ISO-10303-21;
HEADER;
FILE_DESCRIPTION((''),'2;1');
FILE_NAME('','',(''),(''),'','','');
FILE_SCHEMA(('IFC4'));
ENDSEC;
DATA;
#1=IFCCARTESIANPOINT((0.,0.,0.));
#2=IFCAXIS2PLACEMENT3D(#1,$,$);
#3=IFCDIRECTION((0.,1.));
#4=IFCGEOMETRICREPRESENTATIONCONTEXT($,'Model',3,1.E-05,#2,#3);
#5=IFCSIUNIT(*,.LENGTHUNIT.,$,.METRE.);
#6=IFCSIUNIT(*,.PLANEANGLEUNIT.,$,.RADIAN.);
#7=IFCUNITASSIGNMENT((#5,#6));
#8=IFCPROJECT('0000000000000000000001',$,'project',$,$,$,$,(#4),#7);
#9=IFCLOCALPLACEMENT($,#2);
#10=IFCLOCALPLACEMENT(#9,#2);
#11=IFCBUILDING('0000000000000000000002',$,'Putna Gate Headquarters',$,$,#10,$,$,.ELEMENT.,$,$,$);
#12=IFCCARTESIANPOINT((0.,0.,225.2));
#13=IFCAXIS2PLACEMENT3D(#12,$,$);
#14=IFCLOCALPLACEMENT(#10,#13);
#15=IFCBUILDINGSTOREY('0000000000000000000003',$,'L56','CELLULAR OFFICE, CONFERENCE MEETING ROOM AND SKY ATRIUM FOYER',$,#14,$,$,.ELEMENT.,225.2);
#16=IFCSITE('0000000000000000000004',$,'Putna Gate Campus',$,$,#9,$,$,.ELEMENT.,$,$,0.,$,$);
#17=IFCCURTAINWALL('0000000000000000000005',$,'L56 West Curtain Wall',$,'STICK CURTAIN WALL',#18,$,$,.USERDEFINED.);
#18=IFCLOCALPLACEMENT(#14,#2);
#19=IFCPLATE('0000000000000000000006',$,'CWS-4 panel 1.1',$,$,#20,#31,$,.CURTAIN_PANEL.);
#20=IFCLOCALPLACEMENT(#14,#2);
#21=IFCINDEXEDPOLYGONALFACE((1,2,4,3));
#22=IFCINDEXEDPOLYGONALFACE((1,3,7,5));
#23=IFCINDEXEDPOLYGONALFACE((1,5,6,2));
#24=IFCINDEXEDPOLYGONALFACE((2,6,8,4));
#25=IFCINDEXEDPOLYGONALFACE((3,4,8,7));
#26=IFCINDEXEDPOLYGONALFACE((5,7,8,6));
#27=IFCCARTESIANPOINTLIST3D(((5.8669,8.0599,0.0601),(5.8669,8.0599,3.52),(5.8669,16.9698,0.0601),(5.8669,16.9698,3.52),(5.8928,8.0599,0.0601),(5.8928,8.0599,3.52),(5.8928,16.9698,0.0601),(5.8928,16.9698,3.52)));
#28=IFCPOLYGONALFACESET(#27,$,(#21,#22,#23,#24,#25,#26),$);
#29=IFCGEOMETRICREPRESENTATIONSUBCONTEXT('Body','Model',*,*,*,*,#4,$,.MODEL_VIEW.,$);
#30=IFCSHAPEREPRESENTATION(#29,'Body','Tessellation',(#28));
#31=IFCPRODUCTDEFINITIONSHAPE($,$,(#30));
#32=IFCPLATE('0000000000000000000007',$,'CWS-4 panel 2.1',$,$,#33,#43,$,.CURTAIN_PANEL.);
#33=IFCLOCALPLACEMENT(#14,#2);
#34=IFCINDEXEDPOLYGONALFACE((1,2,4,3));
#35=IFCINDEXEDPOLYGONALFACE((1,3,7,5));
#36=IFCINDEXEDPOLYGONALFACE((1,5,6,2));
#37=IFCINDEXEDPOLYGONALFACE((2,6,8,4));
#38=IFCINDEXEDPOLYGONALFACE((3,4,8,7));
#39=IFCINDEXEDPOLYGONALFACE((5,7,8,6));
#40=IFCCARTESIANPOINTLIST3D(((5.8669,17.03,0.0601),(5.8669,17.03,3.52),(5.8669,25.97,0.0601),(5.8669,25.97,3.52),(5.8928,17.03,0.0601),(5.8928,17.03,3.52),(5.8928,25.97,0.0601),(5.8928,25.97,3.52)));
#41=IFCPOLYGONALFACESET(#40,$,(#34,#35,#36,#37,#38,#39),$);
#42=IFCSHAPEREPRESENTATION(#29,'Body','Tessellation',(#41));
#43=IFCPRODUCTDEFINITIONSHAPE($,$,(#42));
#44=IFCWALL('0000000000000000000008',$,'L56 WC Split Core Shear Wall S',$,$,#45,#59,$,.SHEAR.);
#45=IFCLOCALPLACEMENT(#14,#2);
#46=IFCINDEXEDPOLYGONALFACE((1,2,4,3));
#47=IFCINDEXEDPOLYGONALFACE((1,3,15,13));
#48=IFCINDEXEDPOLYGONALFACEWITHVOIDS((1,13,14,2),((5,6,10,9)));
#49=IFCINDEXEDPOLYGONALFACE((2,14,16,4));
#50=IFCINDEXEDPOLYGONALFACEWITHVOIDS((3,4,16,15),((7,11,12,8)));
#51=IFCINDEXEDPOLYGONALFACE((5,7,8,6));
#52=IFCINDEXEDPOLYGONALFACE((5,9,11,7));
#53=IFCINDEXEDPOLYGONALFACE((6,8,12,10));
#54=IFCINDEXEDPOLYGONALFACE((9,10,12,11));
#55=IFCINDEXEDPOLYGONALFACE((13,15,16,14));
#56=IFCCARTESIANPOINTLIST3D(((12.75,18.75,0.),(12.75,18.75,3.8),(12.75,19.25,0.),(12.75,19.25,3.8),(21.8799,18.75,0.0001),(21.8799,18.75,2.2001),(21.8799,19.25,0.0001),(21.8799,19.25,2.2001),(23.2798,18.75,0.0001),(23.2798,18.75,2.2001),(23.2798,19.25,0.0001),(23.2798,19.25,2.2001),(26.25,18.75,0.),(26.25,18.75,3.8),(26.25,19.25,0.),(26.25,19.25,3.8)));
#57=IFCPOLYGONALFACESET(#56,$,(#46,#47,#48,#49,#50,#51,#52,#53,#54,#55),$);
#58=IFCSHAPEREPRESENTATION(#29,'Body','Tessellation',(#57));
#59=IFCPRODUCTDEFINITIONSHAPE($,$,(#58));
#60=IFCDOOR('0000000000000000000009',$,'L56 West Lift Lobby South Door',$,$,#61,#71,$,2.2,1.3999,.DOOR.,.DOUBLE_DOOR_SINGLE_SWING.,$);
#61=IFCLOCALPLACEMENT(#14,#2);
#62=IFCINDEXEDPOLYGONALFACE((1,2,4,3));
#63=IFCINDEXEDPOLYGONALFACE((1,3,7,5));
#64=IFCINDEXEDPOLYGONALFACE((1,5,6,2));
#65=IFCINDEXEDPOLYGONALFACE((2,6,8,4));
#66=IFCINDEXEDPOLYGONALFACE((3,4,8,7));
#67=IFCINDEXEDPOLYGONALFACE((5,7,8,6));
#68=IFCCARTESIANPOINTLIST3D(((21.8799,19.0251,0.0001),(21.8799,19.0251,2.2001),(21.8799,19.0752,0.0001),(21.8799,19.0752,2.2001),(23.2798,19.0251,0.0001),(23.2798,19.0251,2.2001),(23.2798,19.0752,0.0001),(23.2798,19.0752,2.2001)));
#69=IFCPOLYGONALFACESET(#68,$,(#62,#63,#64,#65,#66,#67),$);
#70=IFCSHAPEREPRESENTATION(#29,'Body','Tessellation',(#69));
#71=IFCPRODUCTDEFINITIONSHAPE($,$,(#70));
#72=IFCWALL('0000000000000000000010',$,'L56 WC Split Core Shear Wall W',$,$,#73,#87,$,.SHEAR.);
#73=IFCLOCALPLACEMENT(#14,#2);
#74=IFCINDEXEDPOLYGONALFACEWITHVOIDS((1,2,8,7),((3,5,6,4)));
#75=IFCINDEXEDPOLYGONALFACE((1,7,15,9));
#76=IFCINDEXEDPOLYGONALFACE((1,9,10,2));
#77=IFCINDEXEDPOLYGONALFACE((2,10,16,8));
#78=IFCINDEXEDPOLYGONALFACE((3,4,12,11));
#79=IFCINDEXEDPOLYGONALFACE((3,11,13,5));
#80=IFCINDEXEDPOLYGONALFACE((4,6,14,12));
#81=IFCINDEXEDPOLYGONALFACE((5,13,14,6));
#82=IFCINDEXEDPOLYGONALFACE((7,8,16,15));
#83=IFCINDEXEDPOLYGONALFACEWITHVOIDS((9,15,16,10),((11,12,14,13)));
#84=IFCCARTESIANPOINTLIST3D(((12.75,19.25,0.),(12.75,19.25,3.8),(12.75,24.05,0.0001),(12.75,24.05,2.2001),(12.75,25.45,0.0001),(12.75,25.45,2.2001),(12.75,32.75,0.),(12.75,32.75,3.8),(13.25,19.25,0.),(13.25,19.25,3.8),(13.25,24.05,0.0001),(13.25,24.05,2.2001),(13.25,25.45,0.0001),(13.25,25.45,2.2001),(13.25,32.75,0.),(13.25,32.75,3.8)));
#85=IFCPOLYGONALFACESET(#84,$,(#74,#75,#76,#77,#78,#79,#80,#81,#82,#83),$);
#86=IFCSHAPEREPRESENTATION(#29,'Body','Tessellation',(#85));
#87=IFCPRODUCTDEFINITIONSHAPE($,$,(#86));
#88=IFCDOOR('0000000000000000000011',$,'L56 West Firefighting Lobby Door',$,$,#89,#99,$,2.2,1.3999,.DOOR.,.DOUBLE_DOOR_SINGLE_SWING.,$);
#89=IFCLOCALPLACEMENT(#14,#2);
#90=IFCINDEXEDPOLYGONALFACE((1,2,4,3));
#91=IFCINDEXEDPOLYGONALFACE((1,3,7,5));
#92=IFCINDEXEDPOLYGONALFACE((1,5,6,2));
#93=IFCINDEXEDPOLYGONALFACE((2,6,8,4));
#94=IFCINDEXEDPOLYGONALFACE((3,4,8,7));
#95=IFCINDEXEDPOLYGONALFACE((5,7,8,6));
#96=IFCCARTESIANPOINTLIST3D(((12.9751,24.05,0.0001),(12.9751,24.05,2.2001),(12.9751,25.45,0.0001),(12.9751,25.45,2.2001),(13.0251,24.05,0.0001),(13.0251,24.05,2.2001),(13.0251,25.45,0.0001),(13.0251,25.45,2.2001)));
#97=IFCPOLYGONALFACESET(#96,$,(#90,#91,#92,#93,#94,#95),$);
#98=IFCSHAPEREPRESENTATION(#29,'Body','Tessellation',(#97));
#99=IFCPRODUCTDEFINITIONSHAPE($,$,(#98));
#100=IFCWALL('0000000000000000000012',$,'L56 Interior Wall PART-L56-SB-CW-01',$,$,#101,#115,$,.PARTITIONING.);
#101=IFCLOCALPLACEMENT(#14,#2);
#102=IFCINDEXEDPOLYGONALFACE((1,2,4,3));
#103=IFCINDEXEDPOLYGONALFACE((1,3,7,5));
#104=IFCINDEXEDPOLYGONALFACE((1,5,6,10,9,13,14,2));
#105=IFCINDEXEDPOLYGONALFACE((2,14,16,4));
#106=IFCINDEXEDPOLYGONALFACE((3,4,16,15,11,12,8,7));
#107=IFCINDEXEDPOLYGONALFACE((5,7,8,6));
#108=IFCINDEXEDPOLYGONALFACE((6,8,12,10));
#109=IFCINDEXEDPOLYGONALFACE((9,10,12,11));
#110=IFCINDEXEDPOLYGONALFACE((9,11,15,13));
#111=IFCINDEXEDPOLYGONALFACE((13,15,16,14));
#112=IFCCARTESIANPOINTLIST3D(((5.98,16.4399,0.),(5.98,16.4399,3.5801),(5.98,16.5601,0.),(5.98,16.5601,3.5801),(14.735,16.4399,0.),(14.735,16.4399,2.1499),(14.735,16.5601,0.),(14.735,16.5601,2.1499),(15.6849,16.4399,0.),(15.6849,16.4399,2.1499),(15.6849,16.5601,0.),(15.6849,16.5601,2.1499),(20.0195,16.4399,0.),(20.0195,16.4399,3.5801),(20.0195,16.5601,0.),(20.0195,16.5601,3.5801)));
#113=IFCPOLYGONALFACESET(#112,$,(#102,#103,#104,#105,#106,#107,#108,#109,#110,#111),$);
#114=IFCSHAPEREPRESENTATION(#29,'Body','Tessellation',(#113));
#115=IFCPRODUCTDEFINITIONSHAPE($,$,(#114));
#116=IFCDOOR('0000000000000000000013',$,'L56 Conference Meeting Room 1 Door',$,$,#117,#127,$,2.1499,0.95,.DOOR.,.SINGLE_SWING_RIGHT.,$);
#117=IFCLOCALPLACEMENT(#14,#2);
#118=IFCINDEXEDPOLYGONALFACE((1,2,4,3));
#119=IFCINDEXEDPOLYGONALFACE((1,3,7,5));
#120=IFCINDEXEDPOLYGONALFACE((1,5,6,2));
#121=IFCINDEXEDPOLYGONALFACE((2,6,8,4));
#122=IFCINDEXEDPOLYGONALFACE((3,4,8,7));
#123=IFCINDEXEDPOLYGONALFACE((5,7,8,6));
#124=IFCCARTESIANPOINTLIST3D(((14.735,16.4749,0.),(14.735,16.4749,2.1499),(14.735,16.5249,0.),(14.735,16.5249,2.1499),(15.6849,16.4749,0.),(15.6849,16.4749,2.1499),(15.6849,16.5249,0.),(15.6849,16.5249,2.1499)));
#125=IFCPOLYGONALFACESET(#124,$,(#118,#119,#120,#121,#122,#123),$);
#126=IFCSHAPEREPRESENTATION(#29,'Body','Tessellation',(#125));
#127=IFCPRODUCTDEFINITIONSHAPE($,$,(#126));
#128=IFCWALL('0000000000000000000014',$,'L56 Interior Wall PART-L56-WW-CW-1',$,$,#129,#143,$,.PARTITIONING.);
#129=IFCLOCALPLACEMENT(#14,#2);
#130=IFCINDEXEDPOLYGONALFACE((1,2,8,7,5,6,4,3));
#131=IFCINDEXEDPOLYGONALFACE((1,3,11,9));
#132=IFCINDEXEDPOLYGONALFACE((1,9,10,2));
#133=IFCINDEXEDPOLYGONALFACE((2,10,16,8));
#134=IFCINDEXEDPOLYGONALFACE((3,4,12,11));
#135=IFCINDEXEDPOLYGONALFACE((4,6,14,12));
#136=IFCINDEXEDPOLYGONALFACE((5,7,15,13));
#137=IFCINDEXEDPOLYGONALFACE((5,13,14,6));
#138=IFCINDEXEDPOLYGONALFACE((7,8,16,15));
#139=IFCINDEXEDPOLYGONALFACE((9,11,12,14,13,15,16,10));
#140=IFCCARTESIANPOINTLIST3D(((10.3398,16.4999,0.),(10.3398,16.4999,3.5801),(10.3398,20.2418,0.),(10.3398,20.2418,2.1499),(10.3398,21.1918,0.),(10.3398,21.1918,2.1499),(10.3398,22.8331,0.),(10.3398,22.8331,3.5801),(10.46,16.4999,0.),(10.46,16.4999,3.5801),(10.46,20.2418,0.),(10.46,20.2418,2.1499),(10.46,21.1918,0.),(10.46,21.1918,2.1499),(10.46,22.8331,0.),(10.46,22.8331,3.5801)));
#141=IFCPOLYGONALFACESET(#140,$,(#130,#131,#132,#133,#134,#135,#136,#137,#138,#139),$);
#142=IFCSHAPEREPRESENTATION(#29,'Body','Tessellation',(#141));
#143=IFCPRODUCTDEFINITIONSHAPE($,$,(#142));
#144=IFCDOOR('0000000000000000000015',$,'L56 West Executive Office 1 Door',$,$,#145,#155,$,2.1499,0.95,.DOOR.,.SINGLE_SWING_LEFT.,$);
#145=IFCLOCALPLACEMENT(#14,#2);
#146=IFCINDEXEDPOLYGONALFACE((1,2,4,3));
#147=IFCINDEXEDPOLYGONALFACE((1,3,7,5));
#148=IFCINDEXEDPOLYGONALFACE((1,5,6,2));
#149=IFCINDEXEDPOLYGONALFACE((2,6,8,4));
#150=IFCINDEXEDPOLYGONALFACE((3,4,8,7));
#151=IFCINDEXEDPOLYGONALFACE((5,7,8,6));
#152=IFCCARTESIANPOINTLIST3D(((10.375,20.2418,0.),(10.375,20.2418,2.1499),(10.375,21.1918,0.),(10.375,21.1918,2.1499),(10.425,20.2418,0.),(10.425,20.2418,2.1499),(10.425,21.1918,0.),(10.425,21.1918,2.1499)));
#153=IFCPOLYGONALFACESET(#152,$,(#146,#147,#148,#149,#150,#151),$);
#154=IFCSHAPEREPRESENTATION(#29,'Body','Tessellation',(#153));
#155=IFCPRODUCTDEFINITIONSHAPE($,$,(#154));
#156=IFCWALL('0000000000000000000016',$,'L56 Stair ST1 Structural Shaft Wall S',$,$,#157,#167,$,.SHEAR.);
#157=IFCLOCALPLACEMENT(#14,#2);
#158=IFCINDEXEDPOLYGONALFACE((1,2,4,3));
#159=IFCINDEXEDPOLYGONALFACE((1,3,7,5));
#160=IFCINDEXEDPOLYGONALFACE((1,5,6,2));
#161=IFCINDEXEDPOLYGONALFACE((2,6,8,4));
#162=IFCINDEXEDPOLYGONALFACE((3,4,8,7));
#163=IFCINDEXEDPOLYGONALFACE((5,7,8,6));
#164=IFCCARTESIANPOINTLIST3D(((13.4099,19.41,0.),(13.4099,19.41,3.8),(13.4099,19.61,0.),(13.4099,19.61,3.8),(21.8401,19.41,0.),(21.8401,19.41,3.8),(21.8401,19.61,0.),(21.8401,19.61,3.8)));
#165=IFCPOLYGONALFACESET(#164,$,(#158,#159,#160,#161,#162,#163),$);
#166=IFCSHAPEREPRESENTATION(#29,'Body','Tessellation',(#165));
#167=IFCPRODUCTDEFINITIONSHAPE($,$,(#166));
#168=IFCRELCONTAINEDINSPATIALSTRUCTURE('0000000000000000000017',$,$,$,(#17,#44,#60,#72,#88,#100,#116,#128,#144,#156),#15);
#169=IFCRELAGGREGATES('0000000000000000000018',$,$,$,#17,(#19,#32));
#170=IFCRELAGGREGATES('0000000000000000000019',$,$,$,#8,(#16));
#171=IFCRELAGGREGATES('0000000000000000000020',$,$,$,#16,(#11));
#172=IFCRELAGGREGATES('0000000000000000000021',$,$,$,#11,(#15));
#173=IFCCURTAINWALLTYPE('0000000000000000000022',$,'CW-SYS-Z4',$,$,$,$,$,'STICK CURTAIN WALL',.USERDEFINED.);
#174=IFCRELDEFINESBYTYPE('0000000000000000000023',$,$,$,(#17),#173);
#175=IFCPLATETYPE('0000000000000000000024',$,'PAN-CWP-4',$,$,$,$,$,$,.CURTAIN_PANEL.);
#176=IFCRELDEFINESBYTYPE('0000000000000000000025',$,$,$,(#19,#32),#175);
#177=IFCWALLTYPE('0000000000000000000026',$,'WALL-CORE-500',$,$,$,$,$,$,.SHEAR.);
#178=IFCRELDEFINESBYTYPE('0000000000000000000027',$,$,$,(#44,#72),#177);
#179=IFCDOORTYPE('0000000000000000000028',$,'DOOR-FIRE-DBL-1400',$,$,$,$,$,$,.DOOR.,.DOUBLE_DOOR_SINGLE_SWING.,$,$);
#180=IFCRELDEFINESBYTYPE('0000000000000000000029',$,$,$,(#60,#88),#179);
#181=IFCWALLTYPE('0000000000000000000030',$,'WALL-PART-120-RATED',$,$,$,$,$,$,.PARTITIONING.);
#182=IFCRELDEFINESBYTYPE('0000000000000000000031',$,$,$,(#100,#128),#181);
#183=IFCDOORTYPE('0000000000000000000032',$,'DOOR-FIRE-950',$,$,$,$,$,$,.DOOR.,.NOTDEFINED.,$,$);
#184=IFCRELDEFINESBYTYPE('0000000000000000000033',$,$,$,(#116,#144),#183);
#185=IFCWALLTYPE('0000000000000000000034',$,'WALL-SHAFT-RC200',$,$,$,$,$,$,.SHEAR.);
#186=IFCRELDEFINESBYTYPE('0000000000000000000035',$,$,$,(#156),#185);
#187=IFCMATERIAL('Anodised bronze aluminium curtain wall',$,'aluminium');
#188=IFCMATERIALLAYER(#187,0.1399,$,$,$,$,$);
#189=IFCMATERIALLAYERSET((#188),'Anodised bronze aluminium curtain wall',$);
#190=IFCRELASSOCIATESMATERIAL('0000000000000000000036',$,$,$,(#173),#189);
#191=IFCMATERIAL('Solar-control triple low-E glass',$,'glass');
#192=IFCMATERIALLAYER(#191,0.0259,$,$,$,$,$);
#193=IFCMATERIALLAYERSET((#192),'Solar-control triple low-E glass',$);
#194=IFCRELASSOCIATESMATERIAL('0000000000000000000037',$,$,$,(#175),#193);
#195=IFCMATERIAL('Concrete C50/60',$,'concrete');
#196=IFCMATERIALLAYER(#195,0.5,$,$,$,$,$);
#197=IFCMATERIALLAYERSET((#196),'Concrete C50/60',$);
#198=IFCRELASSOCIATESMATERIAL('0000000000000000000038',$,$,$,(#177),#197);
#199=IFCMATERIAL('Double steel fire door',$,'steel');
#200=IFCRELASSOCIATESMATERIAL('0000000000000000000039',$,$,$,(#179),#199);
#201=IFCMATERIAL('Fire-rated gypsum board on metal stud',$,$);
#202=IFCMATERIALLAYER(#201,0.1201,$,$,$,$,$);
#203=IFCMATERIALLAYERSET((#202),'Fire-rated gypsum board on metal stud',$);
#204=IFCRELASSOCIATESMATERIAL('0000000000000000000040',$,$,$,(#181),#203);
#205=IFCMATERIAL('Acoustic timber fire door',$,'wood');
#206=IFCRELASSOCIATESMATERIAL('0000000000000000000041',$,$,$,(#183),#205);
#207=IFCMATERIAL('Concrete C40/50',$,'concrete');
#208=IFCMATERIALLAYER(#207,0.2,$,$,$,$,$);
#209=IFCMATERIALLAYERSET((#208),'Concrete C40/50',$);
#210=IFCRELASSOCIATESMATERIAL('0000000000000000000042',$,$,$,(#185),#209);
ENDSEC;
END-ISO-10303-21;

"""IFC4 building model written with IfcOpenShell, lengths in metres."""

from ifc_helpers import new_model, si_unit, direction, frame, frame_2d, origin, origin_2d, place, context, subcontext, project, spatial, rectangle, extrude, material, layer, layer_set, type_object, element, fill, aggregate, save


model = new_model("IFC4")

# Units and contexts
model_context = context("Model", 3, precision=1e-05, world=origin(), true_north=direction((0.0, 1.0)))
body_context = subcontext(model_context, "Body", "Model", "MODEL_VIEW")
ifc_project = project(units=[si_unit("LENGTHUNIT", "METRE"), si_unit("PLANEANGLEUNIT", "RADIAN")], contexts=[model_context])

# Site, building, storey
site_placement = place(None, origin())
site = spatial("IfcSite", under=ifc_project, at=site_placement, Name="Putna Gate Campus", CompositionType="ELEMENT", RefElevation=0.0)
building_placement = place(site_placement, origin())
building = spatial("IfcBuilding", under=site, at=building_placement, Name="Putna Gate Headquarters", CompositionType="ELEMENT")
storey_placement = place(building_placement, frame((0.0, 0.0, 225.2)))
storey = spatial("IfcBuildingStorey", under=building, at=storey_placement, Name="L56", Description="CELLULAR OFFICE, CONFERENCE MEETING ROOM AND SKY ATRIUM FOYER", CompositionType="ELEMENT", Elevation=225.2)

# Curtain wall, plates
ifc_material_1 = material(Name="Anodised bronze aluminium curtain wall", Category="aluminium")
ifc_layer_1 = layer(ifc_material_1, 0.1399)
ifc_layer_set_1 = layer_set([ifc_layer_1], Name="Anodised bronze aluminium curtain wall")
curtain_wall_type = type_object("IfcCurtainWallType", Name="CW-SYS-Z4", ElementType="STICK CURTAIN WALL", PredefinedType="USERDEFINED", material=ifc_layer_set_1)
curtain_wall_placement = place(storey_placement, origin())
curtain_wall = element("IfcCurtainWall", 1, at=curtain_wall_placement, inside=storey, type_object=curtain_wall_type, Name="L56 West Curtain Wall", ObjectType="STICK CURTAIN WALL", PredefinedType="USERDEFINED")
ifc_material_2 = material(Name="Solar-control triple low-E glass", Category="glass")
ifc_layer_2 = layer(ifc_material_2, 0.0259)
ifc_layer_set_2 = layer_set([ifc_layer_2], Name="Solar-control triple low-E glass")
plate_type = type_object("IfcPlateType", Name="PAN-CWP-4", PredefinedType="CURTAIN_PANEL", material=ifc_layer_set_2)
plate_1_placement = place(storey_placement, frame((5.8799, 12.5149, 0.0601), z_axis=(0.0, 0.0, 1.0), x_axis=(0.0, 1.0, 0.0)))
plate_1 = element("IfcPlate", 2, at=plate_1_placement, type_object=plate_type, Name="CWS-4 panel 1.1", PredefinedType="CURTAIN_PANEL", context=body_context, shape_type="SweptSolid", body=[
    extrude(rectangle(XDim=8.9099, YDim=0.0259, at=origin_2d()), origin(), (0.0, 0.0, 1.0), 3.46),
])
plate_2_placement = place(storey_placement, frame((5.8799, 21.5, 0.0601), z_axis=(0.0, 0.0, 1.0), x_axis=(0.0, 1.0, 0.0)))
plate_2 = element("IfcPlate", 3, at=plate_2_placement, type_object=plate_type, Name="CWS-4 panel 2.1", PredefinedType="CURTAIN_PANEL", context=body_context, shape_type="SweptSolid", body=[
    extrude(rectangle(XDim=8.9399, YDim=0.0259, at=origin_2d()), origin(), (0.0, 0.0, 1.0), 3.46),
])
aggregate(curtain_wall, [plate_1, plate_2])

# Walls, openings, doors
ifc_material_3 = material(Name="Concrete C50/60", Category="concrete")
ifc_layer_3 = layer(ifc_material_3, 0.5)
ifc_layer_set_3 = layer_set([ifc_layer_3], Name="Concrete C50/60")
wall_type_1 = type_object("IfcWallType", Name="WALL-CORE-500", PredefinedType="SHEAR", material=ifc_layer_set_3)
wall_1_placement = place(storey_placement, frame((12.75, 19.0, 0.0), z_axis=(0.0, 0.0, 1.0), x_axis=(1.0, 0.0, 0.0)))
wall_1 = element("IfcWall", 4, at=wall_1_placement, inside=storey, type_object=wall_type_1, Name="L56 WC Split Core Shear Wall S", PredefinedType="SHEAR", context=body_context, shape_type="SweptSolid", body=[
    extrude(rectangle(XDim=13.5, YDim=0.5, at=frame_2d((6.75, 0.0))), origin(), (0.0, 0.0, 1.0), 3.8),
])
opening_1_placement = place(wall_1_placement, frame((9.1299, 0.0, 0.0)))
opening_1 = element("IfcOpeningElement", 5, at=opening_1_placement, cuts=wall_1, PredefinedType="OPENING", context=body_context, shape_type="SweptSolid", body=[
    extrude(rectangle(XDim=1.3999, YDim=2.2, at=frame_2d((0.7, 1.1001))), frame((0.0, 0.26, 0.0), z_axis=(0.0, -1.0, 0.0), x_axis=(1.0, 0.0, 0.0)), (0.0, 0.0, 1.0), 0.52),
])
ifc_material_4 = material(Name="Double steel fire door", Category="steel")
door_type_1 = type_object("IfcDoorType", Name="DOOR-FIRE-DBL-1400", OperationType="DOUBLE_DOOR_SINGLE_SWING", PredefinedType="DOOR", material=ifc_material_4)
door_1_placement = place(opening_1_placement, origin())
door_1 = element("IfcDoor", 6, at=door_1_placement, inside=storey, type_object=door_type_1, Name="L56 West Lift Lobby South Door", OperationType="DOUBLE_DOOR_SINGLE_SWING", OverallHeight=2.2, OverallWidth=1.3999, PredefinedType="DOOR", context=body_context, shape_type="SweptSolid", body=[
    extrude(rectangle(XDim=1.3999, YDim=2.2, at=frame_2d((0.7, 1.1001))), frame((0.0, 0.0752, 0.0), z_axis=(0.0, -1.0, 0.0), x_axis=(1.0, 0.0, 0.0)), (0.0, 0.0, 1.0), 0.05),
])
fill(opening_1, door_1)
wall_2_placement = place(storey_placement, frame((13.0, 19.25, 0.0), z_axis=(0.0, 0.0, 1.0), x_axis=(0.0, 1.0, 0.0)))
wall_2 = element("IfcWall", 7, at=wall_2_placement, inside=storey, type_object=wall_type_1, Name="L56 WC Split Core Shear Wall W", PredefinedType="SHEAR", context=body_context, shape_type="SweptSolid", body=[
    extrude(rectangle(XDim=13.5, YDim=0.5, at=frame_2d((6.75, 0.0))), origin(), (0.0, 0.0, 1.0), 3.8),
])
opening_2_placement = place(wall_2_placement, frame((4.8, 0.0, 0.0)))
opening_2 = element("IfcOpeningElement", 8, at=opening_2_placement, cuts=wall_2, PredefinedType="OPENING", context=body_context, shape_type="SweptSolid", body=[
    extrude(rectangle(XDim=1.3999, YDim=2.2, at=frame_2d((0.7, 1.1001))), frame((0.0, 0.26, 0.0), z_axis=(0.0, -1.0, 0.0), x_axis=(1.0, 0.0, 0.0)), (0.0, 0.0, 1.0), 0.52),
])
door_2_placement = place(opening_2_placement, origin())
door_2 = element("IfcDoor", 9, at=door_2_placement, inside=storey, type_object=door_type_1, Name="L56 West Firefighting Lobby Door", OperationType="DOUBLE_DOOR_SINGLE_SWING", OverallHeight=2.2, OverallWidth=1.3999, PredefinedType="DOOR", context=body_context, shape_type="SweptSolid", body=[
    extrude(rectangle(XDim=1.3999, YDim=2.2, at=frame_2d((0.7, 1.1001))), frame((0.0, 0.0249, 0.0), z_axis=(0.0, -1.0, 0.0), x_axis=(1.0, 0.0, 0.0)), (0.0, 0.0, 1.0), 0.05),
])
fill(opening_2, door_2)
ifc_material_5 = material(Name="Fire-rated gypsum board on metal stud")
ifc_layer_4 = layer(ifc_material_5, 0.1201)
ifc_layer_set_4 = layer_set([ifc_layer_4], Name="Fire-rated gypsum board on metal stud")
wall_type_2 = type_object("IfcWallType", Name="WALL-PART-120-RATED", PredefinedType="PARTITIONING", material=ifc_layer_set_4)
wall_3_placement = place(storey_placement, frame((5.98, 16.5, 0.0), z_axis=(0.0, 0.0, 1.0), x_axis=(1.0, 0.0, 0.0)))
wall_3 = element("IfcWall", 10, at=wall_3_placement, inside=storey, type_object=wall_type_2, Name="L56 Interior Wall PART-L56-SB-CW-01", PredefinedType="PARTITIONING", context=body_context, shape_type="SweptSolid", body=[
    extrude(rectangle(XDim=14.0396, YDim=0.1201, at=frame_2d((7.0198, 0.0))), origin(), (0.0, 0.0, 1.0), 3.5801),
])
opening_3_placement = place(wall_3_placement, frame((8.7549, 0.0, 0.0)))
opening_3 = element("IfcOpeningElement", 11, at=opening_3_placement, cuts=wall_3, PredefinedType="OPENING", context=body_context, shape_type="SweptSolid", body=[
    extrude(rectangle(XDim=0.95, YDim=2.1499, at=frame_2d((0.4751, 1.075))), frame((0.0, 0.0701, 0.0), z_axis=(0.0, -1.0, 0.0), x_axis=(1.0, 0.0, 0.0)), (0.0, 0.0, 1.0), 0.1401),
])
ifc_material_6 = material(Name="Acoustic timber fire door", Category="wood")
door_type_2 = type_object("IfcDoorType", Name="DOOR-FIRE-950", OperationType="NOTDEFINED", PredefinedType="DOOR", material=ifc_material_6)
door_3_placement = place(opening_3_placement, origin())
door_3 = element("IfcDoor", 12, at=door_3_placement, inside=storey, type_object=door_type_2, Name="L56 Conference Meeting Room 1 Door", OperationType="SINGLE_SWING_RIGHT", OverallHeight=2.1499, OverallWidth=0.95, PredefinedType="DOOR", context=body_context, shape_type="SweptSolid", body=[
    extrude(rectangle(XDim=0.95, YDim=2.1499, at=frame_2d((0.4751, 1.075))), frame((0.0, 0.0249, 0.0), z_axis=(0.0, -1.0, 0.0), x_axis=(1.0, 0.0, 0.0)), (0.0, 0.0, 1.0), 0.05),
])
fill(opening_3, door_3)
wall_4_placement = place(storey_placement, frame((10.3999, 16.5, 0.0), z_axis=(0.0, 0.0, 1.0), x_axis=(0.0, 1.0, 0.0)))
wall_4 = element("IfcWall", 13, at=wall_4_placement, inside=storey, type_object=wall_type_2, Name="L56 Interior Wall PART-L56-WW-CW-1", PredefinedType="PARTITIONING", context=body_context, shape_type="SweptSolid", body=[
    extrude(rectangle(XDim=6.3333, YDim=0.1201, at=frame_2d((3.1665, 0.0))), origin(), (0.0, 0.0, 1.0), 3.5801),
])
opening_4_placement = place(wall_4_placement, frame((3.7417, 0.0, 0.0)))
opening_4 = element("IfcOpeningElement", 14, at=opening_4_placement, cuts=wall_4, PredefinedType="OPENING", context=body_context, shape_type="SweptSolid", body=[
    extrude(rectangle(XDim=0.95, YDim=2.1499, at=frame_2d((0.4751, 1.075))), frame((0.0, 0.0701, 0.0), z_axis=(0.0, -1.0, 0.0), x_axis=(1.0, 0.0, 0.0)), (0.0, 0.0, 1.0), 0.1401),
])
door_4_placement = place(opening_4_placement, origin())
door_4 = element("IfcDoor", 15, at=door_4_placement, inside=storey, type_object=door_type_2, Name="L56 West Executive Office 1 Door", OperationType="SINGLE_SWING_LEFT", OverallHeight=2.1499, OverallWidth=0.95, PredefinedType="DOOR", context=body_context, shape_type="SweptSolid", body=[
    extrude(rectangle(XDim=0.95, YDim=2.1499, at=frame_2d((0.4751, 1.075))), frame((0.0, 0.0249, 0.0), z_axis=(0.0, -1.0, 0.0), x_axis=(1.0, 0.0, 0.0)), (0.0, 0.0, 1.0), 0.05),
])
fill(opening_4, door_4)

# Wall
ifc_material_7 = material(Name="Concrete C40/50", Category="concrete")
ifc_layer_5 = layer(ifc_material_7, 0.2)
ifc_layer_set_5 = layer_set([ifc_layer_5], Name="Concrete C40/50")
wall_type_3 = type_object("IfcWallType", Name="WALL-SHAFT-RC200", PredefinedType="SHEAR", material=ifc_layer_set_5)
wall_5_placement = place(storey_placement, frame((13.4099, 19.51, 0.0), z_axis=(0.0, 0.0, 1.0), x_axis=(1.0, 0.0, 0.0)))
element("IfcWall", 16, at=wall_5_placement, inside=storey, type_object=wall_type_3, Name="L56 Stair ST1 Structural Shaft Wall S", PredefinedType="SHEAR", context=body_context, shape_type="SweptSolid", body=[
    extrude(rectangle(XDim=8.4302, YDim=0.2, at=frame_2d((4.2151, 0.0))), origin(), (0.0, 0.0, 1.0), 3.8),
])

save(model, "model.ifc")
